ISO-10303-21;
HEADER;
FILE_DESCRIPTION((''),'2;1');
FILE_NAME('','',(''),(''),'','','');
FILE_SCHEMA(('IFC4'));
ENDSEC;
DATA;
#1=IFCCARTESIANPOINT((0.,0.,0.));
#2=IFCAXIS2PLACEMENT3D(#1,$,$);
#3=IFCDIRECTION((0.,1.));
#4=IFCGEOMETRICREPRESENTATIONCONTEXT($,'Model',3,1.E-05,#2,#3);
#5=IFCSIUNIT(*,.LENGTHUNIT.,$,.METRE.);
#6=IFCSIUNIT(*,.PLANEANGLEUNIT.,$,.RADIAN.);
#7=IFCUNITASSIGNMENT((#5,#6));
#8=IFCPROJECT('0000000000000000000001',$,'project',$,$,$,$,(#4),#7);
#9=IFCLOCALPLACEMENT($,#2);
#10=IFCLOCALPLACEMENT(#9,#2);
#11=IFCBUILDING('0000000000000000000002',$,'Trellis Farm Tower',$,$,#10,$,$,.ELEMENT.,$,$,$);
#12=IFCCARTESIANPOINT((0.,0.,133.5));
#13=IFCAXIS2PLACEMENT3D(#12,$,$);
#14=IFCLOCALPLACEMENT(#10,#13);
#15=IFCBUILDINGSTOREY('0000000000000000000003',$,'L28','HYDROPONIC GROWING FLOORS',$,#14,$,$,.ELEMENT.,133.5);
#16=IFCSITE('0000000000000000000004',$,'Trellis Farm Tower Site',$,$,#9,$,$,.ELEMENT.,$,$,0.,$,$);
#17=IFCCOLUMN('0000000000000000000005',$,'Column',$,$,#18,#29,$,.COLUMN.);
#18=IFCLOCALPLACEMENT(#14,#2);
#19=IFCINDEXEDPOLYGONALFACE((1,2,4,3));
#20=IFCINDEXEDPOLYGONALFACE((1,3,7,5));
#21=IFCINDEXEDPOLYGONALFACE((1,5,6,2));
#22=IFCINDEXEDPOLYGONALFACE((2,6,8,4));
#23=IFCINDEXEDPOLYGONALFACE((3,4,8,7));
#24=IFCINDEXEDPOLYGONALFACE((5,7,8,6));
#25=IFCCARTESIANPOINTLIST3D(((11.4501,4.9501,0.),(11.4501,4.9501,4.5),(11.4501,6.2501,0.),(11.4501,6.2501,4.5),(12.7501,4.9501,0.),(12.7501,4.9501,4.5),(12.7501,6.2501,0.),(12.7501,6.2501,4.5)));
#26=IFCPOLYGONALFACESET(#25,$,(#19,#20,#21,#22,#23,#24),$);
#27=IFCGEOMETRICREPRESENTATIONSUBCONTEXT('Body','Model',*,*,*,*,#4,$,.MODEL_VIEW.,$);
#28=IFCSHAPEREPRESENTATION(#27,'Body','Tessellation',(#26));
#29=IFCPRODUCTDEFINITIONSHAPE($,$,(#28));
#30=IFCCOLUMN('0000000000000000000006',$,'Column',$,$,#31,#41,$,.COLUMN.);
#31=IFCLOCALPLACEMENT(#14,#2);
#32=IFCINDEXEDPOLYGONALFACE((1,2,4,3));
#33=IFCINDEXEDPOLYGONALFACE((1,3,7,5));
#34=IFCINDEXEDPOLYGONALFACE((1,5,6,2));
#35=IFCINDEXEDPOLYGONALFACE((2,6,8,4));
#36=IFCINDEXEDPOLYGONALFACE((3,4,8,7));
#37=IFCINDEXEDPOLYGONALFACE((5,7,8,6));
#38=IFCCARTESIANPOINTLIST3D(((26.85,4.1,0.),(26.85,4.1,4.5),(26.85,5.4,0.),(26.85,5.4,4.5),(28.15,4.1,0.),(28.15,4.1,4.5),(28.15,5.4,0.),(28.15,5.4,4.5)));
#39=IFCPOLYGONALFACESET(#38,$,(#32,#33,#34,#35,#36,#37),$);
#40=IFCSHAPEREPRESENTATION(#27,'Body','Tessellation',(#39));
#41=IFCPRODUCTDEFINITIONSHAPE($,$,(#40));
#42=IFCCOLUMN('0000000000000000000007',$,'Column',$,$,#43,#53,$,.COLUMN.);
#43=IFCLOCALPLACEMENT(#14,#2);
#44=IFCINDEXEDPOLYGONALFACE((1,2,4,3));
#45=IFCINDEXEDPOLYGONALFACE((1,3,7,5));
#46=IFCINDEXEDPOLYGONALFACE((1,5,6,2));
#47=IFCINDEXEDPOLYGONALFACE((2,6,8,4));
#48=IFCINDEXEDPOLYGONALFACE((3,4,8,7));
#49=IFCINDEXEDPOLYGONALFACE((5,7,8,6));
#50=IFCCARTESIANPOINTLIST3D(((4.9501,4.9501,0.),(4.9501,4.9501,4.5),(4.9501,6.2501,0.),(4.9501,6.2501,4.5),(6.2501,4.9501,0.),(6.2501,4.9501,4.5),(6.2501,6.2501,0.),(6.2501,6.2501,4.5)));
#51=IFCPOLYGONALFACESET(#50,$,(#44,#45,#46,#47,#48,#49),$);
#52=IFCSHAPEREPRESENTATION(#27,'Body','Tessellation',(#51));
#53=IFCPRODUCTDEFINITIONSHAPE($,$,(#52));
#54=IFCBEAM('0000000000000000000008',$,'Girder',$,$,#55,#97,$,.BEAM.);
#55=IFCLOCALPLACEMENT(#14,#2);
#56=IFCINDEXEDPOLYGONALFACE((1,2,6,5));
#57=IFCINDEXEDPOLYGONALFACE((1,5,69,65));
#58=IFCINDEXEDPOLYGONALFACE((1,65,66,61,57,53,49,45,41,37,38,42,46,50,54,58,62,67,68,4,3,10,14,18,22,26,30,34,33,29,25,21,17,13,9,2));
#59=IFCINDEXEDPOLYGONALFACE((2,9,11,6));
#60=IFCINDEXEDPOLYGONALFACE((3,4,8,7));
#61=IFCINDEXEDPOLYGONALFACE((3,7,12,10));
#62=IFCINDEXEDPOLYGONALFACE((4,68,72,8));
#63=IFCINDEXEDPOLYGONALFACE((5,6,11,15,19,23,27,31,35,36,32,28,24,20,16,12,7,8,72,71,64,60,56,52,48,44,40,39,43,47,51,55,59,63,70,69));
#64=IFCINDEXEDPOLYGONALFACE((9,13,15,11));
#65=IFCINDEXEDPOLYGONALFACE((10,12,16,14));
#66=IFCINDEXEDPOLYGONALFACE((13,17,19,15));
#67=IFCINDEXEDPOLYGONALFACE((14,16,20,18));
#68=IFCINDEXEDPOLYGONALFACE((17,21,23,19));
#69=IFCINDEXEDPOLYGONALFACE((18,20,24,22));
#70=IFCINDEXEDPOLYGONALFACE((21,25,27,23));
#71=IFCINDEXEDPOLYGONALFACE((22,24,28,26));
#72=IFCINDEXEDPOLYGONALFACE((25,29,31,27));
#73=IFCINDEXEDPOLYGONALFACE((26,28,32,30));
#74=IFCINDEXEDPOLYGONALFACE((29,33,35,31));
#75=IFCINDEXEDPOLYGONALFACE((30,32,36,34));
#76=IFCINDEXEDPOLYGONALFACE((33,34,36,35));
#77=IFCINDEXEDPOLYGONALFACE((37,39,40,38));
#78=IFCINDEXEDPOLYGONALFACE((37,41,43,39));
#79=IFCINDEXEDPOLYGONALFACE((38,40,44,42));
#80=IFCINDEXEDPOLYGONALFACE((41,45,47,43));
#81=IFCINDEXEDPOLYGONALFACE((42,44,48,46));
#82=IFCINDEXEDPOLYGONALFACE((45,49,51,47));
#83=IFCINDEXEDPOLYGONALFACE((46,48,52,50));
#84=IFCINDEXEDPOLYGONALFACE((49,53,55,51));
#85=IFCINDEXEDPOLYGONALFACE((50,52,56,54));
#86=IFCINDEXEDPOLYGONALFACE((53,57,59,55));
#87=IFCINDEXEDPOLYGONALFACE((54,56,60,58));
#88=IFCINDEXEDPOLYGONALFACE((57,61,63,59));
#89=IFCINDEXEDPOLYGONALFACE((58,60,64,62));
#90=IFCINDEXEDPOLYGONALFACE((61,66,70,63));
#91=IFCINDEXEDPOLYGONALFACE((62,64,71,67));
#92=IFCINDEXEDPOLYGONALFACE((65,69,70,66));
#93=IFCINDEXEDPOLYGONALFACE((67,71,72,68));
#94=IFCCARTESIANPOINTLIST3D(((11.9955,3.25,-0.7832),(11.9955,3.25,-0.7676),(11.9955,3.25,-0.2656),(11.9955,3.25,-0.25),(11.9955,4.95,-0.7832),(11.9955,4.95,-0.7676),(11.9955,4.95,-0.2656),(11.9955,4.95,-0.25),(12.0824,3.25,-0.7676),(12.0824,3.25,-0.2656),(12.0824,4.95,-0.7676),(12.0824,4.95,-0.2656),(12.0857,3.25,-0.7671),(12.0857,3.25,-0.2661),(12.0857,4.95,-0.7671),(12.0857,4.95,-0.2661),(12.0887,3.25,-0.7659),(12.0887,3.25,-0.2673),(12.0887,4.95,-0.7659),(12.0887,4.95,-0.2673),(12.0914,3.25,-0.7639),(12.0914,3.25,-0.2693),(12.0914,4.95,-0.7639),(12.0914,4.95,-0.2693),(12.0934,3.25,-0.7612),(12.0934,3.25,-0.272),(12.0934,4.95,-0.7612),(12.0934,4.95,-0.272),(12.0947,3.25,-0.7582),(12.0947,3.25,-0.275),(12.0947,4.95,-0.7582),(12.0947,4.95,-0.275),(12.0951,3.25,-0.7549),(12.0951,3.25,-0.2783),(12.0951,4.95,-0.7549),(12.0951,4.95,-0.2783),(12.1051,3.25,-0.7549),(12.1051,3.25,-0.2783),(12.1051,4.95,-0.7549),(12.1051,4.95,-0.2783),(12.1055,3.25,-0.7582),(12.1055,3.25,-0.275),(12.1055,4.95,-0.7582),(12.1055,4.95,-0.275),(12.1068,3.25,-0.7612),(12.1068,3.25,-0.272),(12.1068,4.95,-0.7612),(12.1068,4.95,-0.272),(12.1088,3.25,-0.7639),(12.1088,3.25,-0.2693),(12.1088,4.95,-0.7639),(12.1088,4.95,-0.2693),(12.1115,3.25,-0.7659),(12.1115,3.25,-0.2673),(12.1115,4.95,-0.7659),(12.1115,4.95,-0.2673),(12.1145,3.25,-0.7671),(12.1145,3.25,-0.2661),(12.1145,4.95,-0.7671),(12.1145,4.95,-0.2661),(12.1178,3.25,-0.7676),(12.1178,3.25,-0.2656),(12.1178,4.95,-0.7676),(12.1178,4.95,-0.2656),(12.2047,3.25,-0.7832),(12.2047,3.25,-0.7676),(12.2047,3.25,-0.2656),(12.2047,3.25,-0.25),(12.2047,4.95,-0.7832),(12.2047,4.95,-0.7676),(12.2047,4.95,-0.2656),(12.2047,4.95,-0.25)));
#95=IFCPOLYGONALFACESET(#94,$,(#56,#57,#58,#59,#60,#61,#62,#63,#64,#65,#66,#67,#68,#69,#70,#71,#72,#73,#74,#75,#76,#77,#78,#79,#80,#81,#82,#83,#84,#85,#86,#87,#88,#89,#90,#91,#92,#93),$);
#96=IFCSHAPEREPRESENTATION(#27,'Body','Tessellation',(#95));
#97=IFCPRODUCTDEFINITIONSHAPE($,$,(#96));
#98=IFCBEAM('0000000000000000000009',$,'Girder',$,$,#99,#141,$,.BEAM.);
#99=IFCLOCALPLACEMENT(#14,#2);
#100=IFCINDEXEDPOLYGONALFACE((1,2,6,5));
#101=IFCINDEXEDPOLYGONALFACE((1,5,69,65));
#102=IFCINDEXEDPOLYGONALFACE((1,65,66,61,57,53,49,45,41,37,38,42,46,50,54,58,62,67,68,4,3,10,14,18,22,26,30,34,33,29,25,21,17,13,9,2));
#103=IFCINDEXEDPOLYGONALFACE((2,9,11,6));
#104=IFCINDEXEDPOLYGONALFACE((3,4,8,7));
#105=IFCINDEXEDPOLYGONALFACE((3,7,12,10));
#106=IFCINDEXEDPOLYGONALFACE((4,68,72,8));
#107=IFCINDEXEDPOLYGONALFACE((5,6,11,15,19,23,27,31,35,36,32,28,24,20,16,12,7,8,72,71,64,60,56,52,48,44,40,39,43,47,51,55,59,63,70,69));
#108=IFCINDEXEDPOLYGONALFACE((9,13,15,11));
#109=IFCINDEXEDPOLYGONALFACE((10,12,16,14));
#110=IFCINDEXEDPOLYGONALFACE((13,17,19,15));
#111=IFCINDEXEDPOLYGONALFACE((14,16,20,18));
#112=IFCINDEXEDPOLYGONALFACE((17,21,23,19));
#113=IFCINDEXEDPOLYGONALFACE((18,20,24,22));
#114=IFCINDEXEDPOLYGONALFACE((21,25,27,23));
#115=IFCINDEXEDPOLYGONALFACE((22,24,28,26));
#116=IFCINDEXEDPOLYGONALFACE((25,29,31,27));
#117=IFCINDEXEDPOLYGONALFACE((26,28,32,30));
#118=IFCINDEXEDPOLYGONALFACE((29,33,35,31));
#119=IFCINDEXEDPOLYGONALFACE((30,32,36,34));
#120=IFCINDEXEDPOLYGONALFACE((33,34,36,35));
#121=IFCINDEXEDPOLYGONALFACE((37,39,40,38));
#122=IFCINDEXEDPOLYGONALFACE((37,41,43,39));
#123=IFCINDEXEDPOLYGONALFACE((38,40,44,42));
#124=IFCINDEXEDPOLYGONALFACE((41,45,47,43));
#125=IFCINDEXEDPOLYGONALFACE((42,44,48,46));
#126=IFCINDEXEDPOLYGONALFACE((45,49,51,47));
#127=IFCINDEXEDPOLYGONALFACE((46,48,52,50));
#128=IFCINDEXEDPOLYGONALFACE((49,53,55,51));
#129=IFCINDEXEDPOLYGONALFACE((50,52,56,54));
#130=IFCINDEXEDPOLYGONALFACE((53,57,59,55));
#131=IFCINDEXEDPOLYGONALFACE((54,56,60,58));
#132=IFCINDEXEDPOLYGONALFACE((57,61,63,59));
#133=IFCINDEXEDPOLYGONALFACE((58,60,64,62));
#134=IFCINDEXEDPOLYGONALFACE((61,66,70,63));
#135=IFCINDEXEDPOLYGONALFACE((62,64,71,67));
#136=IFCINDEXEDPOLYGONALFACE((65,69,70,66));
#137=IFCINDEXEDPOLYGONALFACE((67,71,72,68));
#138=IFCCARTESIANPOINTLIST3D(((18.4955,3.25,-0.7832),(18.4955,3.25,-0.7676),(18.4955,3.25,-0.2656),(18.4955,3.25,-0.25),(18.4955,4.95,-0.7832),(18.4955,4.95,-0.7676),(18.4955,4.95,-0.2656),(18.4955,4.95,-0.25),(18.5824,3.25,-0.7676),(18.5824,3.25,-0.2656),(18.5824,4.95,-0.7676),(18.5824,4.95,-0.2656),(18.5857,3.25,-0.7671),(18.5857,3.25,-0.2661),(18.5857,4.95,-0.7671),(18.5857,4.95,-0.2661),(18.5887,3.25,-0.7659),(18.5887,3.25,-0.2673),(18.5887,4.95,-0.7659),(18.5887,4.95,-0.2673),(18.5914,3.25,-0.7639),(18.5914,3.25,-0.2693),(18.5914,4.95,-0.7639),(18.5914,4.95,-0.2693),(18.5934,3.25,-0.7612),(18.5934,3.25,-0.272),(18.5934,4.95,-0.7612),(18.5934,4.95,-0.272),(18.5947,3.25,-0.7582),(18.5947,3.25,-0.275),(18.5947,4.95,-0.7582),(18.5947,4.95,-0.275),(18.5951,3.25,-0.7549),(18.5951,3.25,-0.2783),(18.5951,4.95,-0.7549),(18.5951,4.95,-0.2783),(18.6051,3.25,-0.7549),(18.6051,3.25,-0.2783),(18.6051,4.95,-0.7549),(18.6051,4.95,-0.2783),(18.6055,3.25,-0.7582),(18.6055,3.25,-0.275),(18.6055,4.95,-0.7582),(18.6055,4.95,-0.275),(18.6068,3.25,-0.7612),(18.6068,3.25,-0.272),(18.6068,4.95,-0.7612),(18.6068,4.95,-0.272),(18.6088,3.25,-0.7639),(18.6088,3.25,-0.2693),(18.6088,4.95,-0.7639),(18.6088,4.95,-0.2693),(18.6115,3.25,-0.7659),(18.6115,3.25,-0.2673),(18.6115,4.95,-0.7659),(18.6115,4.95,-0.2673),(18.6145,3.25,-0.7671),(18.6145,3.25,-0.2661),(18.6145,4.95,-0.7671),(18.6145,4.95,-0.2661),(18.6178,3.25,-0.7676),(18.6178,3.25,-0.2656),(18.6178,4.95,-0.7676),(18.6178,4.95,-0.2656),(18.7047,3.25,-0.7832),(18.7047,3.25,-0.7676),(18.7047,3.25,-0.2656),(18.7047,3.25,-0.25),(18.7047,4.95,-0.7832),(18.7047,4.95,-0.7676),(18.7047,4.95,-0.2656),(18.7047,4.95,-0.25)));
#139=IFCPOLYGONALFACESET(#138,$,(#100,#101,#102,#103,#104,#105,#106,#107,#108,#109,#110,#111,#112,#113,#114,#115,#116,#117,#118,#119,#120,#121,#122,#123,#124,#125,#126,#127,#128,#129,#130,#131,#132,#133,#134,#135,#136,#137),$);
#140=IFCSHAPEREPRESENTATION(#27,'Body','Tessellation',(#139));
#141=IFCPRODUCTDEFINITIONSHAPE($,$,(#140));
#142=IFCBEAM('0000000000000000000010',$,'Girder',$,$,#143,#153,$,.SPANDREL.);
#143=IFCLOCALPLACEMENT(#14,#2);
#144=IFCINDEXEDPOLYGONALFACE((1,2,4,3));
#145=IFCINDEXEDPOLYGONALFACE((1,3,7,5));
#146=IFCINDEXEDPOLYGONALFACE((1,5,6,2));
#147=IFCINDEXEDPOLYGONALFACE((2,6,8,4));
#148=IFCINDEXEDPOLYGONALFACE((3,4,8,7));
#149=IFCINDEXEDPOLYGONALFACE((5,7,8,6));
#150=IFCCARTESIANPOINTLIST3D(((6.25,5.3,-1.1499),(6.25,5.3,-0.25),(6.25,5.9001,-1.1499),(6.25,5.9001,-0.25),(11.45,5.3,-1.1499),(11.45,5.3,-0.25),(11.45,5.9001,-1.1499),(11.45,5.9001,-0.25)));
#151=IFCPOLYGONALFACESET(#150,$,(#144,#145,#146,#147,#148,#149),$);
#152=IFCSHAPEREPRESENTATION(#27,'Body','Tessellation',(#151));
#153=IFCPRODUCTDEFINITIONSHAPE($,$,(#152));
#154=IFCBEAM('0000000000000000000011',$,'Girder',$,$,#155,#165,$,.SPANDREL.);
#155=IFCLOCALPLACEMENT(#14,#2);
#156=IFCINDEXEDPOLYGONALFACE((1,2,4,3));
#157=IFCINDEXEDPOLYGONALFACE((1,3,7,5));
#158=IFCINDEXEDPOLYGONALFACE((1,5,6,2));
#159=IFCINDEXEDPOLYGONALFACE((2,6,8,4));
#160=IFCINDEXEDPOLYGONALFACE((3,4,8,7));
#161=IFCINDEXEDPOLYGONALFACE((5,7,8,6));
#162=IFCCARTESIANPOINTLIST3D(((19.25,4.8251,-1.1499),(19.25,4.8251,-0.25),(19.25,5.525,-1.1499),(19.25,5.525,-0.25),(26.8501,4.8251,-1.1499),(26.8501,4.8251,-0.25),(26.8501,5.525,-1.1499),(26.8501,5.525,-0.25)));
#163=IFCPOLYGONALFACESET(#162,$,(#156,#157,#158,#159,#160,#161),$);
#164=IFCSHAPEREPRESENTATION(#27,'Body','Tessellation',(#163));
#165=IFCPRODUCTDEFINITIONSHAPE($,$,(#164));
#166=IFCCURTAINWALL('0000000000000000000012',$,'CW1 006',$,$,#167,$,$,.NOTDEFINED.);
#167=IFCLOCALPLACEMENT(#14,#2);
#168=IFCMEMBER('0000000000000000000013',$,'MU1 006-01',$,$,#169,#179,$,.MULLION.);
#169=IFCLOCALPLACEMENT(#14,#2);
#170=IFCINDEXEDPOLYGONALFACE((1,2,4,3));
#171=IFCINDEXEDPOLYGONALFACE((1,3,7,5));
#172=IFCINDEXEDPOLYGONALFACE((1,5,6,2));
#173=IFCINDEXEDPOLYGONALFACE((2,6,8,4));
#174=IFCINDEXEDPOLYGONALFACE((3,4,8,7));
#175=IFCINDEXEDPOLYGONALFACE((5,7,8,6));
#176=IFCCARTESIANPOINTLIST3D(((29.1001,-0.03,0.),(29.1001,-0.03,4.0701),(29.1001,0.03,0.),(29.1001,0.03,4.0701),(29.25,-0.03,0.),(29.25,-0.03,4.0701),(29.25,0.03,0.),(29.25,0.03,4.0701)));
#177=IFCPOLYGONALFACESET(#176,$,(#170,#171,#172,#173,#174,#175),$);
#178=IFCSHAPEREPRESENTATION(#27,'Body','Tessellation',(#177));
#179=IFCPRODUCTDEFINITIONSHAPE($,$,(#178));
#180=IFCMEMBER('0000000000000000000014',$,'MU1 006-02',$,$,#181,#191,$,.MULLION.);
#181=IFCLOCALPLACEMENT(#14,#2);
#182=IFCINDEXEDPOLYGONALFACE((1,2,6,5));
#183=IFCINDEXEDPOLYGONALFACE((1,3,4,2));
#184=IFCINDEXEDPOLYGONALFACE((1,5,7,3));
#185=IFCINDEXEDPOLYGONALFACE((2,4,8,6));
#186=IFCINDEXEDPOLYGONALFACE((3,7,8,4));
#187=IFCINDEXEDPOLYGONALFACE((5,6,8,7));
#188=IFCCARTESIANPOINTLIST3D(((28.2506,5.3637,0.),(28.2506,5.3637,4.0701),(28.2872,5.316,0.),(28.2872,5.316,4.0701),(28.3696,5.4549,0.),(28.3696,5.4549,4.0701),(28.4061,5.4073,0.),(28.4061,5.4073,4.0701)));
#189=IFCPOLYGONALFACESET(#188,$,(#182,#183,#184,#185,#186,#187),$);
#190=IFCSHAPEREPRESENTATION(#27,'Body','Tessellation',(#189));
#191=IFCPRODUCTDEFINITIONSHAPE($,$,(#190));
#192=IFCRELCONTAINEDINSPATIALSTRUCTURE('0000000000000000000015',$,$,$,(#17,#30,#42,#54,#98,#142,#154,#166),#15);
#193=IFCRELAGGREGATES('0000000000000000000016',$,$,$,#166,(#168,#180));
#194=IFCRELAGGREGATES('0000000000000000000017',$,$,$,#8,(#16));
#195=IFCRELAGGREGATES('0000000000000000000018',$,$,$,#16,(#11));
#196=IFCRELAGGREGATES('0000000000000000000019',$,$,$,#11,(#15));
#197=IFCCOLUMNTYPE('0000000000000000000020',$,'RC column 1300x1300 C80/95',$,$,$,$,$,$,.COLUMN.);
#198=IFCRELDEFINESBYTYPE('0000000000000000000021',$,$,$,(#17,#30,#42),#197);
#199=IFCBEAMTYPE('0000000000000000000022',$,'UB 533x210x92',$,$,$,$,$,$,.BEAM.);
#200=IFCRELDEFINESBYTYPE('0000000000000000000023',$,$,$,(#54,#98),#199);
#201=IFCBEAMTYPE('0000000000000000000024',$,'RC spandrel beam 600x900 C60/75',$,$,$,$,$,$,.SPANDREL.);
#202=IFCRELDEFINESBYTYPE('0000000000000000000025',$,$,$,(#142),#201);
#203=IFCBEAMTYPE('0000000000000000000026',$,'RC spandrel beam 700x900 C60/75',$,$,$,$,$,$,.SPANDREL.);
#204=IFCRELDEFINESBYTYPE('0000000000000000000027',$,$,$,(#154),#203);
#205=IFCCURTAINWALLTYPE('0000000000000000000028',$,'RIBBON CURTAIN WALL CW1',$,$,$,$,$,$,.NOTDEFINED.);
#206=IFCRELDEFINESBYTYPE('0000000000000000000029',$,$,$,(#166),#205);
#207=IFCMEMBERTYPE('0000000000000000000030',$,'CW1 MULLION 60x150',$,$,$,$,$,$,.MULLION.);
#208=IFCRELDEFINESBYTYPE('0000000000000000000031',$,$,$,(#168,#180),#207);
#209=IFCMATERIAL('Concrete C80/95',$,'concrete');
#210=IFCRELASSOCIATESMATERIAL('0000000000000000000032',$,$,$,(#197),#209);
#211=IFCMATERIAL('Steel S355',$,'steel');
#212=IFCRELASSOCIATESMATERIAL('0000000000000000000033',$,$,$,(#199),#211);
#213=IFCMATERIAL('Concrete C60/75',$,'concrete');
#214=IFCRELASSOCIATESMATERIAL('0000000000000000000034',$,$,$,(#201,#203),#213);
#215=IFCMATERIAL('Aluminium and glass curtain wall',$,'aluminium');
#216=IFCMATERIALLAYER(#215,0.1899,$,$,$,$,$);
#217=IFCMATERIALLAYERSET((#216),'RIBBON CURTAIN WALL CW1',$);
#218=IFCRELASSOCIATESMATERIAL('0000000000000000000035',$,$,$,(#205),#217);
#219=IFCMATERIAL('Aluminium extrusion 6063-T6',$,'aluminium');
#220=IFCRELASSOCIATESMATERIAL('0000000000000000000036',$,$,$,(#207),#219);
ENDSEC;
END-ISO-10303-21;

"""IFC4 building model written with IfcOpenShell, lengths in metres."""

from ifc_helpers import new_model, si_unit, direction, frame, origin, origin_2d, place, context, subcontext, project, spatial, rectangle, i_section, extrude, source, transform, mapped, material, layer, layer_set, material_profile, profile_set, type_object, element, aggregate, save


model = new_model("IFC4")

# Units and contexts
model_context = context("Model", 3, precision=1e-05, world=origin(), true_north=direction((0.0, 1.0)))
body_context = subcontext(model_context, "Body", "Model", "MODEL_VIEW")
ifc_project = project(units=[si_unit("LENGTHUNIT", "METRE"), si_unit("PLANEANGLEUNIT", "RADIAN")], contexts=[model_context])

# Site, building, storey
site_placement = place(None, origin())
site = spatial("IfcSite", under=ifc_project, at=site_placement, Name="Trellis Farm Tower Site", CompositionType="ELEMENT", RefElevation=0.0)
building_placement = place(site_placement, origin())
building = spatial("IfcBuilding", under=site, at=building_placement, Name="Trellis Farm Tower", CompositionType="ELEMENT")
storey_placement = place(building_placement, frame((0.0, 0.0, 133.5)))
storey = spatial("IfcBuildingStorey", under=building, at=storey_placement, Name="L28", Description="HYDROPONIC GROWING FLOORS", CompositionType="ELEMENT", Elevation=133.5)

# Columns
ifc_material_1 = material(Name="Concrete C80/95", Category="concrete")
ifc_material_profile_1 = material_profile(ifc_material_1, rectangle(XDim=1.3, YDim=1.3, at=origin_2d()), Name="RC column 1300x1300 C80/95")
ifc_profile_set_1 = profile_set([ifc_material_profile_1], Name="Concrete C80/95")
column_type = type_object("IfcColumnType", Name="RC column 1300x1300 C80/95", PredefinedType="COLUMN", material=ifc_profile_set_1)
shared_shape_1 = source(origin(), body_context, "Body", "SweptSolid", [
    extrude(rectangle(XDim=1.3, YDim=1.3, at=origin_2d()), origin(), (0.0, 0.0, 1.0), 4.5),
])
for number, where, z_axis, x_axis, name in (
    (1, (12.1001, 5.6001, 0.0), (0.0, 0.0, 1.0), (1.0, 0.0, 0.0), "Column"),
    (2, (27.5, 4.75, 0.0), (0.0, 0.0, 1.0), (1.0, 0.0, 0.0), "Column"),
    (3, (5.6001, 5.6001, 0.0), (0.0, 0.0, 1.0), (1.0, 0.0, 0.0), "Column"),
):
    element("IfcColumn", number, at=place(storey_placement, frame(where, z_axis=z_axis, x_axis=x_axis)), inside=storey, type_object=column_type, Name=name, PredefinedType="COLUMN", context=body_context, shape_type="MappedRepresentation", body=[
        mapped(shared_shape_1, transform((0.0, 0.0, 0.0))),
    ])

# Beams
ifc_material_2 = material(Name="Steel S355", Category="steel")
ifc_material_profile_2 = material_profile(ifc_material_2, i_section(OverallWidth=0.2092, OverallDepth=0.5332, WebThickness=0.01, FlangeThickness=0.0156, FilletRadius=0.0127, at=origin_2d()), Name="UB 533x210x92")
ifc_profile_set_2 = profile_set([ifc_material_profile_2], Name="Steel S355")
beam_type_1 = type_object("IfcBeamType", Name="UB 533x210x92", PredefinedType="BEAM", material=ifc_profile_set_2)
shared_shape_2 = source(origin(), body_context, "Body", "SweptSolid", [
    extrude(i_section(OverallWidth=0.2092, OverallDepth=0.5332, WebThickness=0.01, FlangeThickness=0.0156, FilletRadius=0.0127, at=origin_2d()), origin(), (0.0, 0.0, 1.0), 1.7),
])
for number, where, z_axis, x_axis, name in (
    (4, (12.1001, 3.25, -0.5166), (0.0, 1.0, 0.0), (-1.0, 0.0, 0.0), "Girder"),
    (5, (18.6001, 3.25, -0.5166), (0.0, 1.0, 0.0), (-1.0, 0.0, 0.0), "Girder"),
):
    element("IfcBeam", number, at=place(storey_placement, frame(where, z_axis=z_axis, x_axis=x_axis)), inside=storey, type_object=beam_type_1, Name=name, PredefinedType="BEAM", context=body_context, shape_type="MappedRepresentation", body=[
        mapped(shared_shape_2, transform((0.0, 0.0, 0.0))),
    ])
ifc_material_3 = material(Name="Concrete C60/75", Category="concrete")
ifc_material_profile_3 = material_profile(ifc_material_3, rectangle(XDim=0.6001, YDim=0.8999, at=origin_2d()), Name="RC spandrel beam 600x900 C60/75")
ifc_profile_set_3 = profile_set([ifc_material_profile_3], Name="Concrete C60/75")
beam_type_2 = type_object("IfcBeamType", Name="RC spandrel beam 600x900 C60/75", PredefinedType="SPANDREL", material=ifc_profile_set_3)
shared_shape_3 = source(origin(), body_context, "Body", "SweptSolid", [
    extrude(rectangle(XDim=0.6001, YDim=0.8999, at=origin_2d()), origin(), (0.0, 0.0, 1.0), 5.2),
])
beam_1_placement = place(storey_placement, frame((6.25, 5.6001, -0.7), z_axis=(1.0, 0.0, 0.0), x_axis=(0.0, 1.0, 0.0)))
element("IfcBeam", 6, at=beam_1_placement, inside=storey, type_object=beam_type_2, Name="Girder", PredefinedType="SPANDREL", context=body_context, shape_type="MappedRepresentation", body=[
    mapped(shared_shape_3, transform((0.0, 0.0, 0.0))),
])
ifc_material_profile_4 = material_profile(ifc_material_3, rectangle(XDim=0.7, YDim=0.8999, at=origin_2d()), Name="RC spandrel beam 700x900 C60/75")
ifc_profile_set_4 = profile_set([ifc_material_profile_4], Name="Concrete C60/75")
beam_type_3 = type_object("IfcBeamType", Name="RC spandrel beam 700x900 C60/75", PredefinedType="SPANDREL", material=ifc_profile_set_4)
shared_shape_4 = source(origin(), body_context, "Body", "SweptSolid", [
    extrude(rectangle(XDim=0.7, YDim=0.8999, at=origin_2d()), origin(), (0.0, 0.0, 1.0), 7.6001),
])
beam_2_placement = place(storey_placement, frame((19.25, 5.175, -0.7), z_axis=(1.0, 0.0, 0.0), x_axis=(0.0, 1.0, 0.0)))
element("IfcBeam", 7, at=beam_2_placement, inside=storey, type_object=beam_type_3, Name="Girder", PredefinedType="SPANDREL", context=body_context, shape_type="MappedRepresentation", body=[
    mapped(shared_shape_4, transform((0.0, 0.0, 0.0))),
])

# Curtain wall, members
ifc_material_4 = material(Name="Aluminium and glass curtain wall", Category="aluminium")
ifc_layer_1 = layer(ifc_material_4, 0.1899)
ifc_layer_set_1 = layer_set([ifc_layer_1], Name="RIBBON CURTAIN WALL CW1")
curtain_wall_type = type_object("IfcCurtainWallType", Name="RIBBON CURTAIN WALL CW1", PredefinedType="NOTDEFINED", material=ifc_layer_set_1)
curtain_wall_placement = place(storey_placement, origin())
curtain_wall = element("IfcCurtainWall", 8, at=curtain_wall_placement, inside=storey, type_object=curtain_wall_type, Name="CW1 006", PredefinedType="NOTDEFINED")
ifc_material_5 = material(Name="Aluminium extrusion 6063-T6", Category="aluminium")
ifc_material_profile_5 = material_profile(ifc_material_5, rectangle(XDim=0.0601, YDim=0.1499, at=origin_2d()), Name="MULLION 60x150")
ifc_profile_set_5 = profile_set([ifc_material_profile_5], Name="Aluminium extrusion 6063-T6")
member_type = type_object("IfcMemberType", Name="CW1 MULLION 60x150", PredefinedType="MULLION", material=ifc_profile_set_5)
shared_shape_5 = source(origin(), body_context, "Body", "SweptSolid", [
    extrude(rectangle(XDim=0.0601, YDim=0.1499, at=origin_2d()), origin(), (0.0, 0.0, 1.0), 4.0701),
])
member_1_placement = place(storey_placement, frame((29.175, 0.0, 0.0), z_axis=(0.0, 0.0, 1.0), x_axis=(0.0, 1.0, 0.0)))
member_1 = element("IfcMember", 9, at=member_1_placement, type_object=member_type, Name="MU1 006-01", PredefinedType="MULLION", context=body_context, shape_type="MappedRepresentation", body=[
    mapped(shared_shape_5, transform((0.0, 0.0, 0.0))),
])
member_2_placement = place(storey_placement, frame((28.3284, 5.3855, 0.0), z_axis=(0.0, 0.0, 1.0), x_axis=(-0.608761, 0.793353, 0.0)))
member_2 = element("IfcMember", 10, at=member_2_placement, type_object=member_type, Name="MU1 006-02", PredefinedType="MULLION", context=body_context, shape_type="MappedRepresentation", body=[
    mapped(shared_shape_5, transform((0.0, 0.0, 0.0))),
])
aggregate(curtain_wall, [member_1, member_2])

save(model, "model.ifc")
